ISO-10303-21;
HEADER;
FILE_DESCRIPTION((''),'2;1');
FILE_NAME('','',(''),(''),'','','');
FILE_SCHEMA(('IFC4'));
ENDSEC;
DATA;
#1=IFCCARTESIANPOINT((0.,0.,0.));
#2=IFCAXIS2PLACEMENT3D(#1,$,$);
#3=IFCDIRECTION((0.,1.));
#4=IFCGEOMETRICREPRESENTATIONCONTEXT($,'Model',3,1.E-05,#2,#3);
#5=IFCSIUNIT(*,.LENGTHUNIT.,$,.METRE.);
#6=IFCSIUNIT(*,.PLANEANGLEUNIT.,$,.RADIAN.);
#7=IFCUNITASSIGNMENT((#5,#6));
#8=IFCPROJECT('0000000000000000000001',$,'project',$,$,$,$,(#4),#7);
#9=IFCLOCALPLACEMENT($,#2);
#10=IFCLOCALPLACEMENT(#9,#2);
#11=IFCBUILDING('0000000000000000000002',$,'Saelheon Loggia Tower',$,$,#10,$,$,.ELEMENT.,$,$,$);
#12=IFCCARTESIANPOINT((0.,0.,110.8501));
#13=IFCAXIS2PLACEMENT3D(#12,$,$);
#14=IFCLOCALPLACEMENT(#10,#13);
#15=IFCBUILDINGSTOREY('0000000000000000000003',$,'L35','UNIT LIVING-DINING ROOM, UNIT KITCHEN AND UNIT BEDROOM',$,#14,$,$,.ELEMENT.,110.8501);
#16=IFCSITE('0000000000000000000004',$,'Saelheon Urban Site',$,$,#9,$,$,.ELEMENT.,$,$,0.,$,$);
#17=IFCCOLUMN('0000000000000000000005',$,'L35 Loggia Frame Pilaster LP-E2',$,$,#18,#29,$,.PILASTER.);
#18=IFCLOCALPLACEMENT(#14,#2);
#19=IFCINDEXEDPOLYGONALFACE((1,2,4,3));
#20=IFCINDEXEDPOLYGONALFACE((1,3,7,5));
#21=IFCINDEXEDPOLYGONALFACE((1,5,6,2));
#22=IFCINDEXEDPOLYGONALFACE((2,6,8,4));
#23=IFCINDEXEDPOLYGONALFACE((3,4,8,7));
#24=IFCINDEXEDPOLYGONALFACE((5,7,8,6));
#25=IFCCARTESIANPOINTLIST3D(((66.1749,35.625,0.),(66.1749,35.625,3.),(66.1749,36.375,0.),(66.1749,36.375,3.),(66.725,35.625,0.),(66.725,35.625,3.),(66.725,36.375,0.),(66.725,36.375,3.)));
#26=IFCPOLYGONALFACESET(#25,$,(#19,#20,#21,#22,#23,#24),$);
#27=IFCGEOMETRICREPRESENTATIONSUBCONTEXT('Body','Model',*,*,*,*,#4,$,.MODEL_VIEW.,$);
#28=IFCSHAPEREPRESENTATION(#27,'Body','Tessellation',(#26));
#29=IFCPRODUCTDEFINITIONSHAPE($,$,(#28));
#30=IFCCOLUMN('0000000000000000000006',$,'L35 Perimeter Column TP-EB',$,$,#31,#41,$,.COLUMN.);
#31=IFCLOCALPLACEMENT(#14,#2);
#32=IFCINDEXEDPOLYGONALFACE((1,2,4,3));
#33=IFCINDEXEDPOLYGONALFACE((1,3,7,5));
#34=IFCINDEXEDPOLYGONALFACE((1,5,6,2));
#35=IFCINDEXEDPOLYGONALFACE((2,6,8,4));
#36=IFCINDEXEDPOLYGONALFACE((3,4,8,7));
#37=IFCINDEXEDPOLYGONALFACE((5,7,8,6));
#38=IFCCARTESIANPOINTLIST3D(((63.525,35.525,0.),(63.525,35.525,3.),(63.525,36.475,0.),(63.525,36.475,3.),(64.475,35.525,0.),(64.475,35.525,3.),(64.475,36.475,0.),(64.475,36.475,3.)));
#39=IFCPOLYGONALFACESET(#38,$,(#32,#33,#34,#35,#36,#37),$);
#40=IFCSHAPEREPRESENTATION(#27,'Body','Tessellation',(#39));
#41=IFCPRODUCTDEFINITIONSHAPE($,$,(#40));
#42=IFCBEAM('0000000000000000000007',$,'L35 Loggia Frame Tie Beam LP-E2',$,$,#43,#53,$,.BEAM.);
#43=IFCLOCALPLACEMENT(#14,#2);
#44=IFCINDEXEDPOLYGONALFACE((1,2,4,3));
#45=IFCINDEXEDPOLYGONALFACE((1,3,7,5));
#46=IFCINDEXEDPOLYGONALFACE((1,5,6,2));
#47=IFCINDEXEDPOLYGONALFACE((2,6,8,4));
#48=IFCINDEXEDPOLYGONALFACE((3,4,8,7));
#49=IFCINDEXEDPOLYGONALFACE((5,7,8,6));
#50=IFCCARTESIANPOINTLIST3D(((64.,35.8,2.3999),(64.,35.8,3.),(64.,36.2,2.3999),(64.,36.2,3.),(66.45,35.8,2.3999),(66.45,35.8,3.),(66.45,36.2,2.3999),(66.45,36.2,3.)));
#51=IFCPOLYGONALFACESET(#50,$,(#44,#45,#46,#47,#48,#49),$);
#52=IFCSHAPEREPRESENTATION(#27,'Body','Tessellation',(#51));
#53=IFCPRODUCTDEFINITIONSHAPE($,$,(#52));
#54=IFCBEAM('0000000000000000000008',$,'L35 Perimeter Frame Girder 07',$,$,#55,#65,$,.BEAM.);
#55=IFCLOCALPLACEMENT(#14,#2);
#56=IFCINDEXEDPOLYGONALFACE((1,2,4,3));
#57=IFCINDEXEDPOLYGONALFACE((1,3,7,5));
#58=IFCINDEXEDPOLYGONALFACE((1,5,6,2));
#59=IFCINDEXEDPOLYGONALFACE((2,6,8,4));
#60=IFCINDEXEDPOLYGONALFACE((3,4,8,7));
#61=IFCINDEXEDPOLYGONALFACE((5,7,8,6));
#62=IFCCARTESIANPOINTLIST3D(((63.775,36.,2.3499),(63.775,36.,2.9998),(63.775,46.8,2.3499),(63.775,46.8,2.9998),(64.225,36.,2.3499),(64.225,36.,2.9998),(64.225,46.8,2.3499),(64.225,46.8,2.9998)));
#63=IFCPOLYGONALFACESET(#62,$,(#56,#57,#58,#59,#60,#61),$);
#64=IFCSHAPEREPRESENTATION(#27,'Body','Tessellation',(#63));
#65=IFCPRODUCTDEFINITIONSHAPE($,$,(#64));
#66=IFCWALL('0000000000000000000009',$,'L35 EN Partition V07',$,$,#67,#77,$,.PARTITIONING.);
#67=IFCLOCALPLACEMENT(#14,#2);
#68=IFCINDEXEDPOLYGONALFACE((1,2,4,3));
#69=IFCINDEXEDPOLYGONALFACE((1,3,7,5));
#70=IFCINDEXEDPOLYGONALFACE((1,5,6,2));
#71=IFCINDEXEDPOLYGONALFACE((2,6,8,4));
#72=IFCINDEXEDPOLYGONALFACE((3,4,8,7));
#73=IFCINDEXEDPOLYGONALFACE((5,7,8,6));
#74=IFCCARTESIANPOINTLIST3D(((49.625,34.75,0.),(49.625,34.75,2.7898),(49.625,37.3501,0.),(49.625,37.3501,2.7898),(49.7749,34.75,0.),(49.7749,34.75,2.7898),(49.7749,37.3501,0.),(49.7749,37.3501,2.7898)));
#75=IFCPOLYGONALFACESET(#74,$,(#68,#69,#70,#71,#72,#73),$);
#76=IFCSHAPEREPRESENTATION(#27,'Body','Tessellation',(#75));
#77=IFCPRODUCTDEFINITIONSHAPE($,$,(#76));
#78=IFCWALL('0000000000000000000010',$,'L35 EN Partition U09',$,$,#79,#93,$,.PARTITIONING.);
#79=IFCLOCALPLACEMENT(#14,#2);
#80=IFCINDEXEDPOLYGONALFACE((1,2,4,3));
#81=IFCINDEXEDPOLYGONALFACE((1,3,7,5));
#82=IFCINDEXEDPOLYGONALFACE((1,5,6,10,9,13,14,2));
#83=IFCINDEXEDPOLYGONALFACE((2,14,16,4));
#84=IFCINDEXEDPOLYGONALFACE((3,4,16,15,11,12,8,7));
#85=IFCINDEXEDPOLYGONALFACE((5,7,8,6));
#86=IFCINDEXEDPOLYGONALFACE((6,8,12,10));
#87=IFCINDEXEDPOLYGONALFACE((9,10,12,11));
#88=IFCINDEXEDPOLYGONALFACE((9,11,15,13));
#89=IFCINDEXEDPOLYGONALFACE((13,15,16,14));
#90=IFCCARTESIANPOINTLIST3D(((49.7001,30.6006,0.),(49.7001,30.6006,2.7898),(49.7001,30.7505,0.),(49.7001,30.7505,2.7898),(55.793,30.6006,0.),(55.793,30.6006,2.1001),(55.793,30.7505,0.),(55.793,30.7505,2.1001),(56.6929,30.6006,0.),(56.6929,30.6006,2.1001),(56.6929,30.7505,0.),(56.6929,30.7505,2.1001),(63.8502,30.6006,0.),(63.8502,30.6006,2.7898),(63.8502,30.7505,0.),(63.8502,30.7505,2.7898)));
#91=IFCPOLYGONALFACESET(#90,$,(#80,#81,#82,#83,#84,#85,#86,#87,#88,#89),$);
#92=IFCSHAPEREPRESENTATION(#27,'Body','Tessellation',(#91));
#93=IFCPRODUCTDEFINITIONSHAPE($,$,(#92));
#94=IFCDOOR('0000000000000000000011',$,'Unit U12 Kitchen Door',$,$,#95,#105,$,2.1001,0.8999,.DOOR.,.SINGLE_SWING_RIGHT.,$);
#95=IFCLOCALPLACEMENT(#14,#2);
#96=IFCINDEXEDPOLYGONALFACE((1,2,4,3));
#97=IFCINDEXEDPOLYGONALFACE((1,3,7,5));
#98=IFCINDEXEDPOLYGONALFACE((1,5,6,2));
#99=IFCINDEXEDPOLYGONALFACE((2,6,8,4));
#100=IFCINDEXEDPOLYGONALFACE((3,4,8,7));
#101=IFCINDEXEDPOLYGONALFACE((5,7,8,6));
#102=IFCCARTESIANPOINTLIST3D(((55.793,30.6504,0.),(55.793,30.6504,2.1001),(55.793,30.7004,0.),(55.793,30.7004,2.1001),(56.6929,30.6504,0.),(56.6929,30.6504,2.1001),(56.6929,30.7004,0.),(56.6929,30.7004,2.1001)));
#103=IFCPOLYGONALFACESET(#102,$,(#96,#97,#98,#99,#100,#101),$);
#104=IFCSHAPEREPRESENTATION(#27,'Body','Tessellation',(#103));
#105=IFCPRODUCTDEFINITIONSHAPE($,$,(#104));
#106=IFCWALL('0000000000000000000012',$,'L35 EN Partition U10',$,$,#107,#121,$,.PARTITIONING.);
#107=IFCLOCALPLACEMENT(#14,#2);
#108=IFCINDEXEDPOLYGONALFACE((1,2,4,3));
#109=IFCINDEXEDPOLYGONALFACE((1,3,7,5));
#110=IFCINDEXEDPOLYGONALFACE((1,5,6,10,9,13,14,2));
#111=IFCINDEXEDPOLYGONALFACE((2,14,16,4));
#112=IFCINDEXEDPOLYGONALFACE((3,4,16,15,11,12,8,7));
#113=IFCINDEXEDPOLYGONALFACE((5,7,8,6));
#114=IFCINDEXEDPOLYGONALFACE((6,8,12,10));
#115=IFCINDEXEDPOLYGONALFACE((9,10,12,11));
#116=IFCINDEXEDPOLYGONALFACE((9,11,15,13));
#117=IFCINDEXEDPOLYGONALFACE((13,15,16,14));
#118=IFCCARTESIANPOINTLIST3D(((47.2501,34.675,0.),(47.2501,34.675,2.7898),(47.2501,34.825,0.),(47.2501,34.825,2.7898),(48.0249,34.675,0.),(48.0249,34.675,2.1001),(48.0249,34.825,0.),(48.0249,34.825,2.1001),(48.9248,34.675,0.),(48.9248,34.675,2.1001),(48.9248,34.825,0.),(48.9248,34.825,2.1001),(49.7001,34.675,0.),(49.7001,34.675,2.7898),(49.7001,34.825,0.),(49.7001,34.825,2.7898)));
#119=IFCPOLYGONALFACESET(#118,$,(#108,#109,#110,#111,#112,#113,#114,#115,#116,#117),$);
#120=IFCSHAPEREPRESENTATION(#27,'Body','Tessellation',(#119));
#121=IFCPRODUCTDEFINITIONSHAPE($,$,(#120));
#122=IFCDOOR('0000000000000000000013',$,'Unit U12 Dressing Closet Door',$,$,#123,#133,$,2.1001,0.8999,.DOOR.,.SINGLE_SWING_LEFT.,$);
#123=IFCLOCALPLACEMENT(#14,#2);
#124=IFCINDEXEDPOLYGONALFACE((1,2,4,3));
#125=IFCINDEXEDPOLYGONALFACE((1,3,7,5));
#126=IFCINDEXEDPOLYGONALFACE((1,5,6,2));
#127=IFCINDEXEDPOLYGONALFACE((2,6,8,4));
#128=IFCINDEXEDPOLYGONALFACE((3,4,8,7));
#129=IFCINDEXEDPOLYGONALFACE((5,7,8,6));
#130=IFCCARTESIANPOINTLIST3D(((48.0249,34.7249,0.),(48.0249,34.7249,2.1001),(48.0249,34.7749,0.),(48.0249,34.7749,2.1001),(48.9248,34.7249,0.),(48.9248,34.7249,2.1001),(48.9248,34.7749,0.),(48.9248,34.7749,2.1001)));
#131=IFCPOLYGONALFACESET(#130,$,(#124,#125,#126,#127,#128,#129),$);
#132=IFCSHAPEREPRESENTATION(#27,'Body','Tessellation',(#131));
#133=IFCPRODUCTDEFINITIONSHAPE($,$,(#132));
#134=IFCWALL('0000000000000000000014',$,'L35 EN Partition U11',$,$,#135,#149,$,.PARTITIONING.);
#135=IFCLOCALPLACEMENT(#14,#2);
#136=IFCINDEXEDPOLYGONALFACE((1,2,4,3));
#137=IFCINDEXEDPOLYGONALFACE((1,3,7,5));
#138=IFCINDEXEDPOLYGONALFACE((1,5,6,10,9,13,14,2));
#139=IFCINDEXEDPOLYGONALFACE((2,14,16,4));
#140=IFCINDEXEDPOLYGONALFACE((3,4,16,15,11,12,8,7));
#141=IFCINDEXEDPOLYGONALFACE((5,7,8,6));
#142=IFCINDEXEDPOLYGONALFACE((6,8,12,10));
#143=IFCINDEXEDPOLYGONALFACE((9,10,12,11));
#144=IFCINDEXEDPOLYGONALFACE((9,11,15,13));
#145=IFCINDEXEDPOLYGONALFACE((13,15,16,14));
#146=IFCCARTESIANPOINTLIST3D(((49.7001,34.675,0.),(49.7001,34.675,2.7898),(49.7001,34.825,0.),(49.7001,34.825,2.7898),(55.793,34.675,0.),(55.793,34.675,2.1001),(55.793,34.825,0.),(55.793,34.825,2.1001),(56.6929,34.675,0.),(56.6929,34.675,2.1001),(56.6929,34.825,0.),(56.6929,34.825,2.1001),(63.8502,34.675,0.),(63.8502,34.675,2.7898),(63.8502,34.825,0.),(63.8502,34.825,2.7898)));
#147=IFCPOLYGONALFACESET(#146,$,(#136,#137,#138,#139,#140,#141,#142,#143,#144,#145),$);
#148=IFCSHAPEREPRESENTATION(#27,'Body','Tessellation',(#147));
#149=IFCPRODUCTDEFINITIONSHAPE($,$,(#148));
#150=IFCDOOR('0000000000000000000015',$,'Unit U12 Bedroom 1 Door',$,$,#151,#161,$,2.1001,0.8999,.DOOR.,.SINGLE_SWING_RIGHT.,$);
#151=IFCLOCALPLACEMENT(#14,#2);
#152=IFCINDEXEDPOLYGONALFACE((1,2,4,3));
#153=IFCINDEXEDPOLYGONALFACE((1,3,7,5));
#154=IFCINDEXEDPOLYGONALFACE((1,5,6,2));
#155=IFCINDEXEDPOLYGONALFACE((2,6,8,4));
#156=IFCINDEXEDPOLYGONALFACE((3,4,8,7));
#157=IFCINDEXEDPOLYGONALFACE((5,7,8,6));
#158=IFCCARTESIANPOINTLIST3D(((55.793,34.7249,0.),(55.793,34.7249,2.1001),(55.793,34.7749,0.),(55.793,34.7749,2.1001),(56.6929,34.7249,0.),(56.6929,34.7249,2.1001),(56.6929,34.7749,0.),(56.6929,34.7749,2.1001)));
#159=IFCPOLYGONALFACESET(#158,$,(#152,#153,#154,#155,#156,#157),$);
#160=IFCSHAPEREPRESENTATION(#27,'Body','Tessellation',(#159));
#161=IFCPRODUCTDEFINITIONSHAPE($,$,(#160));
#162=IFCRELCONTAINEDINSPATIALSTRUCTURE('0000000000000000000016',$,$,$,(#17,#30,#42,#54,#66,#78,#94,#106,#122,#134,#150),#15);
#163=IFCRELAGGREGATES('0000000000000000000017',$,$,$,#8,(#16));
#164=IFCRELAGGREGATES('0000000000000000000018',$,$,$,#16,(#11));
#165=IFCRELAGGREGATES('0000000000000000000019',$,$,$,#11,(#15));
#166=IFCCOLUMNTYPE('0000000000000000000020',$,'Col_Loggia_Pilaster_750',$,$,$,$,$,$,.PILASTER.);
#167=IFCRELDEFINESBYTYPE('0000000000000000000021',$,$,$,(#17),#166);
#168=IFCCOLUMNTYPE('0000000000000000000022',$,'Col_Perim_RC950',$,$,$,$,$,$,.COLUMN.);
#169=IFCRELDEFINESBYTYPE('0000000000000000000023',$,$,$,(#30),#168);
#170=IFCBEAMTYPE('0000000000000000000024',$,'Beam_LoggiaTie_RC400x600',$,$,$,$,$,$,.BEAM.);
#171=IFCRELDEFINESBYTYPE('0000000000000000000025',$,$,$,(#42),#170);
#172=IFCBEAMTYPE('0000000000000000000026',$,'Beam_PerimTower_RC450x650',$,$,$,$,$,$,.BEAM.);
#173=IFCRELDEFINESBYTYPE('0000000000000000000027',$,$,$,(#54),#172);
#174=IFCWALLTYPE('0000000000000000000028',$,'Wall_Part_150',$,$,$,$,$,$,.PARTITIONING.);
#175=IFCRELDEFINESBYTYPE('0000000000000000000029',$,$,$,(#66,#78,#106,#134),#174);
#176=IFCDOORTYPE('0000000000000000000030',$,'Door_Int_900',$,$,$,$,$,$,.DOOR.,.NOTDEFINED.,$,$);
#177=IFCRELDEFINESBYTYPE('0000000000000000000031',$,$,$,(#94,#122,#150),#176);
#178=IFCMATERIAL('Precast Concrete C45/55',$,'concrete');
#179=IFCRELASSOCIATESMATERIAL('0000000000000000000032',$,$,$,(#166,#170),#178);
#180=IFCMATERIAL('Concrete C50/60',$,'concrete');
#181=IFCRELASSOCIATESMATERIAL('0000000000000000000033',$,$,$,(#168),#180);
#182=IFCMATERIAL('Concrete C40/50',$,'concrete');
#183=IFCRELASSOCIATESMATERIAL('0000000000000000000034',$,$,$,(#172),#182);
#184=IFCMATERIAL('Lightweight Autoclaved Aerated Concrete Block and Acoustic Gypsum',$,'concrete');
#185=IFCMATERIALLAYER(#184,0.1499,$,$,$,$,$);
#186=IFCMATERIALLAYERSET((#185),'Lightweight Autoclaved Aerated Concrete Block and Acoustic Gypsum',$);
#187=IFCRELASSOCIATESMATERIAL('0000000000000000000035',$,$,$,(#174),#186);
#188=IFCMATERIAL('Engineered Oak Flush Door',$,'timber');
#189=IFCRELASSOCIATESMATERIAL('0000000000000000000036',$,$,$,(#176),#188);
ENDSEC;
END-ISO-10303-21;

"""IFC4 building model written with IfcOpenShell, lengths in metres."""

from ifc_helpers import new_model, si_unit, direction, frame, frame_2d, origin, origin_2d, place, context, subcontext, project, spatial, rectangle, extrude, source, transform, mapped, material, layer, layer_set, material_profile, profile_set, type_object, element, fill, save


model = new_model("IFC4")

# Units and contexts
model_context = context("Model", 3, precision=1e-05, world=origin(), true_north=direction((0.0, 1.0)))
body_context = subcontext(model_context, "Body", "Model", "MODEL_VIEW")
ifc_project = project(units=[si_unit("LENGTHUNIT", "METRE"), si_unit("PLANEANGLEUNIT", "RADIAN")], contexts=[model_context])

# Site, building, storey
site_placement = place(None, origin())
site = spatial("IfcSite", under=ifc_project, at=site_placement, Name="Saelheon Urban Site", CompositionType="ELEMENT", RefElevation=0.0)
building_placement = place(site_placement, origin())
building = spatial("IfcBuilding", under=site, at=building_placement, Name="Saelheon Loggia Tower", CompositionType="ELEMENT")
storey_placement = place(building_placement, frame((0.0, 0.0, 110.8501)))
storey = spatial("IfcBuildingStorey", under=building, at=storey_placement, Name="L35", Description="UNIT LIVING-DINING ROOM, UNIT KITCHEN AND UNIT BEDROOM", CompositionType="ELEMENT", Elevation=110.8501)

# Columns
ifc_material_1 = material(Name="Precast Concrete C45/55", Category="concrete")
ifc_material_profile_1 = material_profile(ifc_material_1, rectangle(XDim=0.55, YDim=0.75, at=origin_2d()), Name="RC-550x750")
ifc_profile_set_1 = profile_set([ifc_material_profile_1], Name="Precast Concrete C45/55")
column_type_1 = type_object("IfcColumnType", Name="Col_Loggia_Pilaster_750", PredefinedType="PILASTER", material=ifc_profile_set_1)
shared_shape_1 = source(origin(), body_context, "Body", "SweptSolid", [
    extrude(rectangle(XDim=0.55, YDim=0.75, at=origin_2d()), origin(), (0.0, 0.0, 1.0), 3.0),
])
column_1_placement = place(storey_placement, frame((66.45, 36.0, 0.0), z_axis=(0.0, 0.0, 1.0), x_axis=(1.0, 0.0, 0.0)))
element("IfcColumn", 1, at=column_1_placement, inside=storey, type_object=column_type_1, Name="L35 Loggia Frame Pilaster LP-E2", PredefinedType="PILASTER", context=body_context, shape_type="MappedRepresentation", body=[
    mapped(shared_shape_1, transform((0.0, 0.0, 0.0), scale=1.0)),
])
ifc_material_2 = material(Name="Concrete C50/60", Category="concrete")
ifc_material_profile_2 = material_profile(ifc_material_2, rectangle(XDim=0.95, YDim=0.95, at=origin_2d()), Name="RC-950x950")
ifc_profile_set_2 = profile_set([ifc_material_profile_2], Name="Concrete C50/60")
column_type_2 = type_object("IfcColumnType", Name="Col_Perim_RC950", PredefinedType="COLUMN", material=ifc_profile_set_2)
shared_shape_2 = source(origin(), body_context, "Body", "SweptSolid", [
    extrude(rectangle(XDim=0.95, YDim=0.95, at=origin_2d()), origin(), (0.0, 0.0, 1.0), 3.0),
])
column_2_placement = place(storey_placement, frame((64.0, 36.0, 0.0), z_axis=(0.0, 0.0, 1.0), x_axis=(1.0, 0.0, 0.0)))
element("IfcColumn", 2, at=column_2_placement, inside=storey, type_object=column_type_2, Name="L35 Perimeter Column TP-EB", PredefinedType="COLUMN", context=body_context, shape_type="MappedRepresentation", body=[
    mapped(shared_shape_2, transform((0.0, 0.0, 0.0), scale=1.0)),
])

# Beams
ifc_material_profile_3 = material_profile(ifc_material_1, rectangle(XDim=0.3999, YDim=0.6001, at=origin_2d()), Name="RC-400x600")
ifc_profile_set_3 = profile_set([ifc_material_profile_3], Name="Precast Concrete C45/55")
beam_type_1 = type_object("IfcBeamType", Name="Beam_LoggiaTie_RC400x600", PredefinedType="BEAM", material=ifc_profile_set_3)
shared_shape_3 = source(origin(), body_context, "Body", "SweptSolid", [
    extrude(rectangle(XDim=0.3999, YDim=0.6001, at=origin_2d()), origin(), (0.0, 0.0, 1.0), 2.45),
])
beam_1_placement = place(storey_placement, frame((64.0, 36.0, 2.7), z_axis=(1.0, 0.0, 0.0), x_axis=(0.0, 1.0, 0.0)))
element("IfcBeam", 3, at=beam_1_placement, inside=storey, type_object=beam_type_1, Name="L35 Loggia Frame Tie Beam LP-E2", PredefinedType="BEAM", context=body_context, shape_type="MappedRepresentation", body=[
    mapped(shared_shape_3, transform((0.0, 0.0, 0.0), scale=1.0)),
])
ifc_material_3 = material(Name="Concrete C40/50", Category="concrete")
ifc_material_profile_4 = material_profile(ifc_material_3, rectangle(XDim=0.45, YDim=0.6499, at=origin_2d()), Name="RC-450x650")
ifc_profile_set_4 = profile_set([ifc_material_profile_4], Name="Concrete C40/50")
beam_type_2 = type_object("IfcBeamType", Name="Beam_PerimTower_RC450x650", PredefinedType="BEAM", material=ifc_profile_set_4)
shared_shape_4 = source(origin(), body_context, "Body", "SweptSolid", [
    extrude(rectangle(XDim=0.45, YDim=0.6499, at=origin_2d()), origin(), (0.0, 0.0, 1.0), 10.8),
])
beam_2_placement = place(storey_placement, frame((64.0, 36.0, 2.6748), z_axis=(0.0, 1.0, 0.0), x_axis=(-1.0, 0.0, 0.0)))
element("IfcBeam", 4, at=beam_2_placement, inside=storey, type_object=beam_type_2, Name="L35 Perimeter Frame Girder 07", PredefinedType="BEAM", context=body_context, shape_type="MappedRepresentation", body=[
    mapped(shared_shape_4, transform((0.0, 0.0, 0.0), scale=1.0)),
])

# Wall
ifc_material_4 = material(Name="Lightweight Autoclaved Aerated Concrete Block and Acoustic Gypsum", Category="concrete")
ifc_layer_1 = layer(ifc_material_4, 0.1499)
ifc_layer_set_1 = layer_set([ifc_layer_1], Name="Lightweight Autoclaved Aerated Concrete Block and Acoustic Gypsum")
wall_type_1 = type_object("IfcWallType", Name="Wall_Part_150", PredefinedType="PARTITIONING", material=ifc_layer_set_1)
wall_1_placement = place(storey_placement, frame((49.7, 34.75, 0.0), z_axis=(0.0, 0.0, 1.0), x_axis=(0.0, 1.0, 0.0)))
element("IfcWall", 5, at=wall_1_placement, inside=storey, type_object=wall_type_1, Name="L35 EN Partition V07", PredefinedType="PARTITIONING", context=body_context, shape_type="SweptSolid", body=[
    extrude(rectangle(XDim=2.6001, YDim=0.1499, at=frame_2d((1.3, 0.0))), origin(), (0.0, 0.0, 1.0), 2.7898),
])

# Walls, openings, doors
wall_2_placement = place(storey_placement, frame((49.7, 30.6755, 0.0), z_axis=(0.0, 0.0, 1.0), x_axis=(1.0, 0.0, 0.0)))
wall_2 = element("IfcWall", 6, at=wall_2_placement, inside=storey, type_object=wall_type_1, Name="L35 EN Partition U09", PredefinedType="PARTITIONING", context=body_context, shape_type="SweptSolid", body=[
    extrude(rectangle(XDim=14.1501, YDim=0.1499, at=frame_2d((7.0752, 0.0))), origin(), (0.0, 0.0, 1.0), 2.7898),
])
opening_1_placement = place(wall_2_placement, frame((6.093, 0.0, 0.0)))
opening_1 = element("IfcOpeningElement", 7, at=opening_1_placement, cuts=wall_2, PredefinedType="OPENING", context=body_context, shape_type="SweptSolid", body=[
    extrude(rectangle(XDim=0.8999, YDim=2.1001, at=frame_2d((0.45, 1.05))), frame((0.0, 0.0869, 0.0), z_axis=(0.0, -1.0, 0.0), x_axis=(1.0, 0.0, 0.0)), (0.0, 0.0, 1.0), 0.1738),
])
ifc_material_5 = material(Name="Engineered Oak Flush Door", Category="timber")
door_type_1 = type_object("IfcDoorType", Name="Door_Int_900", OperationType="NOTDEFINED", PredefinedType="DOOR", material=ifc_material_5)
shared_shape_5 = source(origin(), body_context, "Body", "SweptSolid", [
    extrude(rectangle(XDim=0.8999, YDim=2.1001, at=frame_2d((0.45, 1.05))), frame((0.0, 0.0249, 0.0), z_axis=(0.0, -1.0, 0.0), x_axis=(1.0, 0.0, 0.0)), (0.0, 0.0, 1.0), 0.05),
])
door_1_placement = place(opening_1_placement, origin())
door_1 = element("IfcDoor", 8, at=door_1_placement, inside=storey, type_object=door_type_1, Name="Unit U12 Kitchen Door", OperationType="SINGLE_SWING_RIGHT", OverallHeight=2.1001, OverallWidth=0.8999, PredefinedType="DOOR", context=body_context, shape_type="MappedRepresentation", body=[
    mapped(shared_shape_5, transform((0.0, 0.0, 0.0), scale=1.0)),
])
fill(opening_1, door_1)
wall_3_placement = place(storey_placement, frame((47.25, 34.75, 0.0), z_axis=(0.0, 0.0, 1.0), x_axis=(1.0, 0.0, 0.0)))
wall_3 = element("IfcWall", 9, at=wall_3_placement, inside=storey, type_object=wall_type_1, Name="L35 EN Partition U10", PredefinedType="PARTITIONING", context=body_context, shape_type="SweptSolid", body=[
    extrude(rectangle(XDim=2.45, YDim=0.1499, at=frame_2d((1.2251, 0.0))), origin(), (0.0, 0.0, 1.0), 2.7898),
])
opening_2_placement = place(wall_3_placement, frame((0.7749, 0.0, 0.0)))
opening_2 = element("IfcOpeningElement", 10, at=opening_2_placement, cuts=wall_3, PredefinedType="OPENING", context=body_context, shape_type="SweptSolid", body=[
    extrude(rectangle(XDim=0.8999, YDim=2.1001, at=frame_2d((0.45, 1.05))), frame((0.0, 0.0869, 0.0), z_axis=(0.0, -1.0, 0.0), x_axis=(1.0, 0.0, 0.0)), (0.0, 0.0, 1.0), 0.1738),
])
door_2_placement = place(opening_2_placement, origin())
door_2 = element("IfcDoor", 11, at=door_2_placement, inside=storey, type_object=door_type_1, Name="Unit U12 Dressing Closet Door", OperationType="SINGLE_SWING_LEFT", OverallHeight=2.1001, OverallWidth=0.8999, PredefinedType="DOOR", context=body_context, shape_type="MappedRepresentation", body=[
    mapped(shared_shape_5, transform((0.0, 0.0, 0.0), scale=1.0)),
])
fill(opening_2, door_2)
wall_4_placement = place(storey_placement, frame((49.7, 34.75, 0.0), z_axis=(0.0, 0.0, 1.0), x_axis=(1.0, 0.0, 0.0)))
wall_4 = element("IfcWall", 12, at=wall_4_placement, inside=storey, type_object=wall_type_1, Name="L35 EN Partition U11", PredefinedType="PARTITIONING", context=body_context, shape_type="SweptSolid", body=[
    extrude(rectangle(XDim=14.1501, YDim=0.1499, at=frame_2d((7.0752, 0.0))), origin(), (0.0, 0.0, 1.0), 2.7898),
])
opening_3_placement = place(wall_4_placement, frame((6.093, 0.0, 0.0)))
opening_3 = element("IfcOpeningElement", 13, at=opening_3_placement, cuts=wall_4, PredefinedType="OPENING", context=body_context, shape_type="SweptSolid", body=[
    extrude(rectangle(XDim=0.8999, YDim=2.1001, at=frame_2d((0.45, 1.05))), frame((0.0, 0.0869, 0.0), z_axis=(0.0, -1.0, 0.0), x_axis=(1.0, 0.0, 0.0)), (0.0, 0.0, 1.0), 0.1738),
])
door_3_placement = place(opening_3_placement, origin())
door_3 = element("IfcDoor", 14, at=door_3_placement, inside=storey, type_object=door_type_1, Name="Unit U12 Bedroom 1 Door", OperationType="SINGLE_SWING_RIGHT", OverallHeight=2.1001, OverallWidth=0.8999, PredefinedType="DOOR", context=body_context, shape_type="MappedRepresentation", body=[
    mapped(shared_shape_5, transform((0.0, 0.0, 0.0), scale=1.0)),
])
fill(opening_3, door_3)

save(model, "model.ifc")
